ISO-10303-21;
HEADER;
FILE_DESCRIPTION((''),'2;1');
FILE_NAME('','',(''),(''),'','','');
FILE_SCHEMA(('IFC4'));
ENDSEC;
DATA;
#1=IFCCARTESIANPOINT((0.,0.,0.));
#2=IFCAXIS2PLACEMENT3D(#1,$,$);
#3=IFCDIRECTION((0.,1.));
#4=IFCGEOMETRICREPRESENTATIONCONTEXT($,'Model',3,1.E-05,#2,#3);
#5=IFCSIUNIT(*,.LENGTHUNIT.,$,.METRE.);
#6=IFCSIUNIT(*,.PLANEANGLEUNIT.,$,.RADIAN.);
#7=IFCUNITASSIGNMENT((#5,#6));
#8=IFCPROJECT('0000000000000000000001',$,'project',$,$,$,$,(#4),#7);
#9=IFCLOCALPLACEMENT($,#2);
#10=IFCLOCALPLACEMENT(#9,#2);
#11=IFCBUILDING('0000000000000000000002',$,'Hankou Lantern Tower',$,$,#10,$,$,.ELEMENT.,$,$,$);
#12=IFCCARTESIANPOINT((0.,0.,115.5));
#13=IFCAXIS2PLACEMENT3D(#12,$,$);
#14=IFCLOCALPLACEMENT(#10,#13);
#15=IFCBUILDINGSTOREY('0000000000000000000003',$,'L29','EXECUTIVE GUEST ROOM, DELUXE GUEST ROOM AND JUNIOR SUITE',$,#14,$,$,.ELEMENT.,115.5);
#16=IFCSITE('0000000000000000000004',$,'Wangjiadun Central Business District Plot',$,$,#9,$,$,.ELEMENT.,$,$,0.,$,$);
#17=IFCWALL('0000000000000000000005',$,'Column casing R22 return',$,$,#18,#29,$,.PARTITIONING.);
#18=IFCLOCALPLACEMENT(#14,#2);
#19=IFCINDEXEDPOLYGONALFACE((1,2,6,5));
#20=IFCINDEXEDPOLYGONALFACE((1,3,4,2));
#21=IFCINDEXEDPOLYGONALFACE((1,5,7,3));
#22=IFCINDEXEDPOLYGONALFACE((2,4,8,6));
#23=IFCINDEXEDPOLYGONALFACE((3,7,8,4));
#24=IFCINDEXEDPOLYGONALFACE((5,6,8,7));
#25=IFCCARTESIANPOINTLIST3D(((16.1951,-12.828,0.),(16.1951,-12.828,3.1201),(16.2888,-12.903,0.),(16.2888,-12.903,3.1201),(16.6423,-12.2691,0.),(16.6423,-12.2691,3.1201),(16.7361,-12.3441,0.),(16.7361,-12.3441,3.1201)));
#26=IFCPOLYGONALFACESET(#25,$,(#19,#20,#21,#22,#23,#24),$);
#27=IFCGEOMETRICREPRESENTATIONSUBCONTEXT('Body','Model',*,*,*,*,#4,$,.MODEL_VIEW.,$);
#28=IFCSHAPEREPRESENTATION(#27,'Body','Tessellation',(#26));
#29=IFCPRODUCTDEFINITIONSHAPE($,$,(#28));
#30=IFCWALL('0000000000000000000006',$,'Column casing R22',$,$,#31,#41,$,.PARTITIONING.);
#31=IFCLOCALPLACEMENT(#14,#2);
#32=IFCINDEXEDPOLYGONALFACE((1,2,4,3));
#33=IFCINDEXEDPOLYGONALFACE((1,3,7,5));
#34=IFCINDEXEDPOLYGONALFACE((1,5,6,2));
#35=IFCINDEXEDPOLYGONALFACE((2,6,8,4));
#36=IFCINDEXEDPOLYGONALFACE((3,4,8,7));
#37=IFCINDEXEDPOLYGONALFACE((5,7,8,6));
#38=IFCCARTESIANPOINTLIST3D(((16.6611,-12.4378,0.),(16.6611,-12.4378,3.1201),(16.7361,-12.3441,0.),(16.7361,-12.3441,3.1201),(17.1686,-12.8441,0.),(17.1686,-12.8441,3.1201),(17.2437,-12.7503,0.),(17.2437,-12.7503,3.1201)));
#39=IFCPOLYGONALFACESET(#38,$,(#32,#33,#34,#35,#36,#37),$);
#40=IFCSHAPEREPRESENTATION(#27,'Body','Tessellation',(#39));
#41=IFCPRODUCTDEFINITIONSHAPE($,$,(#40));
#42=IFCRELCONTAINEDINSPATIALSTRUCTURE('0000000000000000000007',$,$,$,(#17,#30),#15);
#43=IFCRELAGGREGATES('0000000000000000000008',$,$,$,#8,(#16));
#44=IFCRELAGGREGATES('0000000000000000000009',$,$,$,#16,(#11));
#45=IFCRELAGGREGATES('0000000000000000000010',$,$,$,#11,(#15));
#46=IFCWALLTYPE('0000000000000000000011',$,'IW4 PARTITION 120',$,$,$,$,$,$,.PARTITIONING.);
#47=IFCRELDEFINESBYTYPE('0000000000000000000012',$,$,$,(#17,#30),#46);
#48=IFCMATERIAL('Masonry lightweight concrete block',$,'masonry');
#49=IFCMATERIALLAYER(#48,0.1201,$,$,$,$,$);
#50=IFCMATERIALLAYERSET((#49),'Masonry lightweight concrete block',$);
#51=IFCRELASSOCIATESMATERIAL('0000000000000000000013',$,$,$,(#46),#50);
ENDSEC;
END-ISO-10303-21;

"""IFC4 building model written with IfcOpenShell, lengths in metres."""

from ifc_helpers import new_model, si_unit, direction, frame, frame_2d, origin, place, context, subcontext, project, spatial, rectangle, extrude, material, layer, layer_set, type_object, element, save


model = new_model("IFC4")

# Units and contexts
model_context = context("Model", 3, precision=1e-05, world=origin(), true_north=direction((0.0, 1.0)))
body_context = subcontext(model_context, "Body", "Model", "MODEL_VIEW")
ifc_project = project(units=[si_unit("LENGTHUNIT", "METRE"), si_unit("PLANEANGLEUNIT", "RADIAN")], contexts=[model_context])

# Site, building, storey
site_placement = place(None, origin())
site = spatial("IfcSite", under=ifc_project, at=site_placement, Name="Wangjiadun Central Business District Plot", CompositionType="ELEMENT", RefElevation=0.0)
building_placement = place(site_placement, origin())
building = spatial("IfcBuilding", under=site, at=building_placement, Name="Hankou Lantern Tower", CompositionType="ELEMENT")
storey_placement = place(building_placement, frame((0.0, 0.0, 115.5)))
storey = spatial("IfcBuildingStorey", under=building, at=storey_placement, Name="L29", Description="EXECUTIVE GUEST ROOM, DELUXE GUEST ROOM AND JUNIOR SUITE", CompositionType="ELEMENT", Elevation=115.5)

# Walls
ifc_material_1 = material(Name="Masonry lightweight concrete block", Category="masonry")
ifc_layer_1 = layer(ifc_material_1, 0.1201)
ifc_layer_set_1 = layer_set([ifc_layer_1], Name="Masonry lightweight concrete block")
wall_type_1 = type_object("IfcWallType", Name="IW4 PARTITION 120", PredefinedType="PARTITIONING", material=ifc_layer_set_1)
wall_1_placement = place(storey_placement, frame((16.2419, -12.8655, 0.0), z_axis=(0.0, 0.0, 1.0), x_axis=(0.624861, 0.780736, 0.0)))
element("IfcWall", 1, at=wall_1_placement, inside=storey, type_object=wall_type_1, Name="Column casing R22 return", PredefinedType="PARTITIONING", context=body_context, shape_type="SweptSolid", body=[
    extrude(rectangle(XDim=0.7158, YDim=0.1201, at=frame_2d((0.3579, 0.0))), origin(), (0.0, 0.0, 1.0), 3.1201),
])
wall_2_placement = place(storey_placement, frame((16.6985, -12.3909, 0.0), z_axis=(0.0, 0.0, 1.0), x_axis=(0.780722, -0.624878, 0.0)))
element("IfcWall", 2, at=wall_2_placement, inside=storey, type_object=wall_type_1, Name="Column casing R22", PredefinedType="PARTITIONING", context=body_context, shape_type="SweptSolid", body=[
    extrude(rectangle(XDim=0.6501, YDim=0.1201, at=frame_2d((0.3252, 0.0))), origin(), (0.0, 0.0, 1.0), 3.1201),
])

save(model, "model.ifc")
